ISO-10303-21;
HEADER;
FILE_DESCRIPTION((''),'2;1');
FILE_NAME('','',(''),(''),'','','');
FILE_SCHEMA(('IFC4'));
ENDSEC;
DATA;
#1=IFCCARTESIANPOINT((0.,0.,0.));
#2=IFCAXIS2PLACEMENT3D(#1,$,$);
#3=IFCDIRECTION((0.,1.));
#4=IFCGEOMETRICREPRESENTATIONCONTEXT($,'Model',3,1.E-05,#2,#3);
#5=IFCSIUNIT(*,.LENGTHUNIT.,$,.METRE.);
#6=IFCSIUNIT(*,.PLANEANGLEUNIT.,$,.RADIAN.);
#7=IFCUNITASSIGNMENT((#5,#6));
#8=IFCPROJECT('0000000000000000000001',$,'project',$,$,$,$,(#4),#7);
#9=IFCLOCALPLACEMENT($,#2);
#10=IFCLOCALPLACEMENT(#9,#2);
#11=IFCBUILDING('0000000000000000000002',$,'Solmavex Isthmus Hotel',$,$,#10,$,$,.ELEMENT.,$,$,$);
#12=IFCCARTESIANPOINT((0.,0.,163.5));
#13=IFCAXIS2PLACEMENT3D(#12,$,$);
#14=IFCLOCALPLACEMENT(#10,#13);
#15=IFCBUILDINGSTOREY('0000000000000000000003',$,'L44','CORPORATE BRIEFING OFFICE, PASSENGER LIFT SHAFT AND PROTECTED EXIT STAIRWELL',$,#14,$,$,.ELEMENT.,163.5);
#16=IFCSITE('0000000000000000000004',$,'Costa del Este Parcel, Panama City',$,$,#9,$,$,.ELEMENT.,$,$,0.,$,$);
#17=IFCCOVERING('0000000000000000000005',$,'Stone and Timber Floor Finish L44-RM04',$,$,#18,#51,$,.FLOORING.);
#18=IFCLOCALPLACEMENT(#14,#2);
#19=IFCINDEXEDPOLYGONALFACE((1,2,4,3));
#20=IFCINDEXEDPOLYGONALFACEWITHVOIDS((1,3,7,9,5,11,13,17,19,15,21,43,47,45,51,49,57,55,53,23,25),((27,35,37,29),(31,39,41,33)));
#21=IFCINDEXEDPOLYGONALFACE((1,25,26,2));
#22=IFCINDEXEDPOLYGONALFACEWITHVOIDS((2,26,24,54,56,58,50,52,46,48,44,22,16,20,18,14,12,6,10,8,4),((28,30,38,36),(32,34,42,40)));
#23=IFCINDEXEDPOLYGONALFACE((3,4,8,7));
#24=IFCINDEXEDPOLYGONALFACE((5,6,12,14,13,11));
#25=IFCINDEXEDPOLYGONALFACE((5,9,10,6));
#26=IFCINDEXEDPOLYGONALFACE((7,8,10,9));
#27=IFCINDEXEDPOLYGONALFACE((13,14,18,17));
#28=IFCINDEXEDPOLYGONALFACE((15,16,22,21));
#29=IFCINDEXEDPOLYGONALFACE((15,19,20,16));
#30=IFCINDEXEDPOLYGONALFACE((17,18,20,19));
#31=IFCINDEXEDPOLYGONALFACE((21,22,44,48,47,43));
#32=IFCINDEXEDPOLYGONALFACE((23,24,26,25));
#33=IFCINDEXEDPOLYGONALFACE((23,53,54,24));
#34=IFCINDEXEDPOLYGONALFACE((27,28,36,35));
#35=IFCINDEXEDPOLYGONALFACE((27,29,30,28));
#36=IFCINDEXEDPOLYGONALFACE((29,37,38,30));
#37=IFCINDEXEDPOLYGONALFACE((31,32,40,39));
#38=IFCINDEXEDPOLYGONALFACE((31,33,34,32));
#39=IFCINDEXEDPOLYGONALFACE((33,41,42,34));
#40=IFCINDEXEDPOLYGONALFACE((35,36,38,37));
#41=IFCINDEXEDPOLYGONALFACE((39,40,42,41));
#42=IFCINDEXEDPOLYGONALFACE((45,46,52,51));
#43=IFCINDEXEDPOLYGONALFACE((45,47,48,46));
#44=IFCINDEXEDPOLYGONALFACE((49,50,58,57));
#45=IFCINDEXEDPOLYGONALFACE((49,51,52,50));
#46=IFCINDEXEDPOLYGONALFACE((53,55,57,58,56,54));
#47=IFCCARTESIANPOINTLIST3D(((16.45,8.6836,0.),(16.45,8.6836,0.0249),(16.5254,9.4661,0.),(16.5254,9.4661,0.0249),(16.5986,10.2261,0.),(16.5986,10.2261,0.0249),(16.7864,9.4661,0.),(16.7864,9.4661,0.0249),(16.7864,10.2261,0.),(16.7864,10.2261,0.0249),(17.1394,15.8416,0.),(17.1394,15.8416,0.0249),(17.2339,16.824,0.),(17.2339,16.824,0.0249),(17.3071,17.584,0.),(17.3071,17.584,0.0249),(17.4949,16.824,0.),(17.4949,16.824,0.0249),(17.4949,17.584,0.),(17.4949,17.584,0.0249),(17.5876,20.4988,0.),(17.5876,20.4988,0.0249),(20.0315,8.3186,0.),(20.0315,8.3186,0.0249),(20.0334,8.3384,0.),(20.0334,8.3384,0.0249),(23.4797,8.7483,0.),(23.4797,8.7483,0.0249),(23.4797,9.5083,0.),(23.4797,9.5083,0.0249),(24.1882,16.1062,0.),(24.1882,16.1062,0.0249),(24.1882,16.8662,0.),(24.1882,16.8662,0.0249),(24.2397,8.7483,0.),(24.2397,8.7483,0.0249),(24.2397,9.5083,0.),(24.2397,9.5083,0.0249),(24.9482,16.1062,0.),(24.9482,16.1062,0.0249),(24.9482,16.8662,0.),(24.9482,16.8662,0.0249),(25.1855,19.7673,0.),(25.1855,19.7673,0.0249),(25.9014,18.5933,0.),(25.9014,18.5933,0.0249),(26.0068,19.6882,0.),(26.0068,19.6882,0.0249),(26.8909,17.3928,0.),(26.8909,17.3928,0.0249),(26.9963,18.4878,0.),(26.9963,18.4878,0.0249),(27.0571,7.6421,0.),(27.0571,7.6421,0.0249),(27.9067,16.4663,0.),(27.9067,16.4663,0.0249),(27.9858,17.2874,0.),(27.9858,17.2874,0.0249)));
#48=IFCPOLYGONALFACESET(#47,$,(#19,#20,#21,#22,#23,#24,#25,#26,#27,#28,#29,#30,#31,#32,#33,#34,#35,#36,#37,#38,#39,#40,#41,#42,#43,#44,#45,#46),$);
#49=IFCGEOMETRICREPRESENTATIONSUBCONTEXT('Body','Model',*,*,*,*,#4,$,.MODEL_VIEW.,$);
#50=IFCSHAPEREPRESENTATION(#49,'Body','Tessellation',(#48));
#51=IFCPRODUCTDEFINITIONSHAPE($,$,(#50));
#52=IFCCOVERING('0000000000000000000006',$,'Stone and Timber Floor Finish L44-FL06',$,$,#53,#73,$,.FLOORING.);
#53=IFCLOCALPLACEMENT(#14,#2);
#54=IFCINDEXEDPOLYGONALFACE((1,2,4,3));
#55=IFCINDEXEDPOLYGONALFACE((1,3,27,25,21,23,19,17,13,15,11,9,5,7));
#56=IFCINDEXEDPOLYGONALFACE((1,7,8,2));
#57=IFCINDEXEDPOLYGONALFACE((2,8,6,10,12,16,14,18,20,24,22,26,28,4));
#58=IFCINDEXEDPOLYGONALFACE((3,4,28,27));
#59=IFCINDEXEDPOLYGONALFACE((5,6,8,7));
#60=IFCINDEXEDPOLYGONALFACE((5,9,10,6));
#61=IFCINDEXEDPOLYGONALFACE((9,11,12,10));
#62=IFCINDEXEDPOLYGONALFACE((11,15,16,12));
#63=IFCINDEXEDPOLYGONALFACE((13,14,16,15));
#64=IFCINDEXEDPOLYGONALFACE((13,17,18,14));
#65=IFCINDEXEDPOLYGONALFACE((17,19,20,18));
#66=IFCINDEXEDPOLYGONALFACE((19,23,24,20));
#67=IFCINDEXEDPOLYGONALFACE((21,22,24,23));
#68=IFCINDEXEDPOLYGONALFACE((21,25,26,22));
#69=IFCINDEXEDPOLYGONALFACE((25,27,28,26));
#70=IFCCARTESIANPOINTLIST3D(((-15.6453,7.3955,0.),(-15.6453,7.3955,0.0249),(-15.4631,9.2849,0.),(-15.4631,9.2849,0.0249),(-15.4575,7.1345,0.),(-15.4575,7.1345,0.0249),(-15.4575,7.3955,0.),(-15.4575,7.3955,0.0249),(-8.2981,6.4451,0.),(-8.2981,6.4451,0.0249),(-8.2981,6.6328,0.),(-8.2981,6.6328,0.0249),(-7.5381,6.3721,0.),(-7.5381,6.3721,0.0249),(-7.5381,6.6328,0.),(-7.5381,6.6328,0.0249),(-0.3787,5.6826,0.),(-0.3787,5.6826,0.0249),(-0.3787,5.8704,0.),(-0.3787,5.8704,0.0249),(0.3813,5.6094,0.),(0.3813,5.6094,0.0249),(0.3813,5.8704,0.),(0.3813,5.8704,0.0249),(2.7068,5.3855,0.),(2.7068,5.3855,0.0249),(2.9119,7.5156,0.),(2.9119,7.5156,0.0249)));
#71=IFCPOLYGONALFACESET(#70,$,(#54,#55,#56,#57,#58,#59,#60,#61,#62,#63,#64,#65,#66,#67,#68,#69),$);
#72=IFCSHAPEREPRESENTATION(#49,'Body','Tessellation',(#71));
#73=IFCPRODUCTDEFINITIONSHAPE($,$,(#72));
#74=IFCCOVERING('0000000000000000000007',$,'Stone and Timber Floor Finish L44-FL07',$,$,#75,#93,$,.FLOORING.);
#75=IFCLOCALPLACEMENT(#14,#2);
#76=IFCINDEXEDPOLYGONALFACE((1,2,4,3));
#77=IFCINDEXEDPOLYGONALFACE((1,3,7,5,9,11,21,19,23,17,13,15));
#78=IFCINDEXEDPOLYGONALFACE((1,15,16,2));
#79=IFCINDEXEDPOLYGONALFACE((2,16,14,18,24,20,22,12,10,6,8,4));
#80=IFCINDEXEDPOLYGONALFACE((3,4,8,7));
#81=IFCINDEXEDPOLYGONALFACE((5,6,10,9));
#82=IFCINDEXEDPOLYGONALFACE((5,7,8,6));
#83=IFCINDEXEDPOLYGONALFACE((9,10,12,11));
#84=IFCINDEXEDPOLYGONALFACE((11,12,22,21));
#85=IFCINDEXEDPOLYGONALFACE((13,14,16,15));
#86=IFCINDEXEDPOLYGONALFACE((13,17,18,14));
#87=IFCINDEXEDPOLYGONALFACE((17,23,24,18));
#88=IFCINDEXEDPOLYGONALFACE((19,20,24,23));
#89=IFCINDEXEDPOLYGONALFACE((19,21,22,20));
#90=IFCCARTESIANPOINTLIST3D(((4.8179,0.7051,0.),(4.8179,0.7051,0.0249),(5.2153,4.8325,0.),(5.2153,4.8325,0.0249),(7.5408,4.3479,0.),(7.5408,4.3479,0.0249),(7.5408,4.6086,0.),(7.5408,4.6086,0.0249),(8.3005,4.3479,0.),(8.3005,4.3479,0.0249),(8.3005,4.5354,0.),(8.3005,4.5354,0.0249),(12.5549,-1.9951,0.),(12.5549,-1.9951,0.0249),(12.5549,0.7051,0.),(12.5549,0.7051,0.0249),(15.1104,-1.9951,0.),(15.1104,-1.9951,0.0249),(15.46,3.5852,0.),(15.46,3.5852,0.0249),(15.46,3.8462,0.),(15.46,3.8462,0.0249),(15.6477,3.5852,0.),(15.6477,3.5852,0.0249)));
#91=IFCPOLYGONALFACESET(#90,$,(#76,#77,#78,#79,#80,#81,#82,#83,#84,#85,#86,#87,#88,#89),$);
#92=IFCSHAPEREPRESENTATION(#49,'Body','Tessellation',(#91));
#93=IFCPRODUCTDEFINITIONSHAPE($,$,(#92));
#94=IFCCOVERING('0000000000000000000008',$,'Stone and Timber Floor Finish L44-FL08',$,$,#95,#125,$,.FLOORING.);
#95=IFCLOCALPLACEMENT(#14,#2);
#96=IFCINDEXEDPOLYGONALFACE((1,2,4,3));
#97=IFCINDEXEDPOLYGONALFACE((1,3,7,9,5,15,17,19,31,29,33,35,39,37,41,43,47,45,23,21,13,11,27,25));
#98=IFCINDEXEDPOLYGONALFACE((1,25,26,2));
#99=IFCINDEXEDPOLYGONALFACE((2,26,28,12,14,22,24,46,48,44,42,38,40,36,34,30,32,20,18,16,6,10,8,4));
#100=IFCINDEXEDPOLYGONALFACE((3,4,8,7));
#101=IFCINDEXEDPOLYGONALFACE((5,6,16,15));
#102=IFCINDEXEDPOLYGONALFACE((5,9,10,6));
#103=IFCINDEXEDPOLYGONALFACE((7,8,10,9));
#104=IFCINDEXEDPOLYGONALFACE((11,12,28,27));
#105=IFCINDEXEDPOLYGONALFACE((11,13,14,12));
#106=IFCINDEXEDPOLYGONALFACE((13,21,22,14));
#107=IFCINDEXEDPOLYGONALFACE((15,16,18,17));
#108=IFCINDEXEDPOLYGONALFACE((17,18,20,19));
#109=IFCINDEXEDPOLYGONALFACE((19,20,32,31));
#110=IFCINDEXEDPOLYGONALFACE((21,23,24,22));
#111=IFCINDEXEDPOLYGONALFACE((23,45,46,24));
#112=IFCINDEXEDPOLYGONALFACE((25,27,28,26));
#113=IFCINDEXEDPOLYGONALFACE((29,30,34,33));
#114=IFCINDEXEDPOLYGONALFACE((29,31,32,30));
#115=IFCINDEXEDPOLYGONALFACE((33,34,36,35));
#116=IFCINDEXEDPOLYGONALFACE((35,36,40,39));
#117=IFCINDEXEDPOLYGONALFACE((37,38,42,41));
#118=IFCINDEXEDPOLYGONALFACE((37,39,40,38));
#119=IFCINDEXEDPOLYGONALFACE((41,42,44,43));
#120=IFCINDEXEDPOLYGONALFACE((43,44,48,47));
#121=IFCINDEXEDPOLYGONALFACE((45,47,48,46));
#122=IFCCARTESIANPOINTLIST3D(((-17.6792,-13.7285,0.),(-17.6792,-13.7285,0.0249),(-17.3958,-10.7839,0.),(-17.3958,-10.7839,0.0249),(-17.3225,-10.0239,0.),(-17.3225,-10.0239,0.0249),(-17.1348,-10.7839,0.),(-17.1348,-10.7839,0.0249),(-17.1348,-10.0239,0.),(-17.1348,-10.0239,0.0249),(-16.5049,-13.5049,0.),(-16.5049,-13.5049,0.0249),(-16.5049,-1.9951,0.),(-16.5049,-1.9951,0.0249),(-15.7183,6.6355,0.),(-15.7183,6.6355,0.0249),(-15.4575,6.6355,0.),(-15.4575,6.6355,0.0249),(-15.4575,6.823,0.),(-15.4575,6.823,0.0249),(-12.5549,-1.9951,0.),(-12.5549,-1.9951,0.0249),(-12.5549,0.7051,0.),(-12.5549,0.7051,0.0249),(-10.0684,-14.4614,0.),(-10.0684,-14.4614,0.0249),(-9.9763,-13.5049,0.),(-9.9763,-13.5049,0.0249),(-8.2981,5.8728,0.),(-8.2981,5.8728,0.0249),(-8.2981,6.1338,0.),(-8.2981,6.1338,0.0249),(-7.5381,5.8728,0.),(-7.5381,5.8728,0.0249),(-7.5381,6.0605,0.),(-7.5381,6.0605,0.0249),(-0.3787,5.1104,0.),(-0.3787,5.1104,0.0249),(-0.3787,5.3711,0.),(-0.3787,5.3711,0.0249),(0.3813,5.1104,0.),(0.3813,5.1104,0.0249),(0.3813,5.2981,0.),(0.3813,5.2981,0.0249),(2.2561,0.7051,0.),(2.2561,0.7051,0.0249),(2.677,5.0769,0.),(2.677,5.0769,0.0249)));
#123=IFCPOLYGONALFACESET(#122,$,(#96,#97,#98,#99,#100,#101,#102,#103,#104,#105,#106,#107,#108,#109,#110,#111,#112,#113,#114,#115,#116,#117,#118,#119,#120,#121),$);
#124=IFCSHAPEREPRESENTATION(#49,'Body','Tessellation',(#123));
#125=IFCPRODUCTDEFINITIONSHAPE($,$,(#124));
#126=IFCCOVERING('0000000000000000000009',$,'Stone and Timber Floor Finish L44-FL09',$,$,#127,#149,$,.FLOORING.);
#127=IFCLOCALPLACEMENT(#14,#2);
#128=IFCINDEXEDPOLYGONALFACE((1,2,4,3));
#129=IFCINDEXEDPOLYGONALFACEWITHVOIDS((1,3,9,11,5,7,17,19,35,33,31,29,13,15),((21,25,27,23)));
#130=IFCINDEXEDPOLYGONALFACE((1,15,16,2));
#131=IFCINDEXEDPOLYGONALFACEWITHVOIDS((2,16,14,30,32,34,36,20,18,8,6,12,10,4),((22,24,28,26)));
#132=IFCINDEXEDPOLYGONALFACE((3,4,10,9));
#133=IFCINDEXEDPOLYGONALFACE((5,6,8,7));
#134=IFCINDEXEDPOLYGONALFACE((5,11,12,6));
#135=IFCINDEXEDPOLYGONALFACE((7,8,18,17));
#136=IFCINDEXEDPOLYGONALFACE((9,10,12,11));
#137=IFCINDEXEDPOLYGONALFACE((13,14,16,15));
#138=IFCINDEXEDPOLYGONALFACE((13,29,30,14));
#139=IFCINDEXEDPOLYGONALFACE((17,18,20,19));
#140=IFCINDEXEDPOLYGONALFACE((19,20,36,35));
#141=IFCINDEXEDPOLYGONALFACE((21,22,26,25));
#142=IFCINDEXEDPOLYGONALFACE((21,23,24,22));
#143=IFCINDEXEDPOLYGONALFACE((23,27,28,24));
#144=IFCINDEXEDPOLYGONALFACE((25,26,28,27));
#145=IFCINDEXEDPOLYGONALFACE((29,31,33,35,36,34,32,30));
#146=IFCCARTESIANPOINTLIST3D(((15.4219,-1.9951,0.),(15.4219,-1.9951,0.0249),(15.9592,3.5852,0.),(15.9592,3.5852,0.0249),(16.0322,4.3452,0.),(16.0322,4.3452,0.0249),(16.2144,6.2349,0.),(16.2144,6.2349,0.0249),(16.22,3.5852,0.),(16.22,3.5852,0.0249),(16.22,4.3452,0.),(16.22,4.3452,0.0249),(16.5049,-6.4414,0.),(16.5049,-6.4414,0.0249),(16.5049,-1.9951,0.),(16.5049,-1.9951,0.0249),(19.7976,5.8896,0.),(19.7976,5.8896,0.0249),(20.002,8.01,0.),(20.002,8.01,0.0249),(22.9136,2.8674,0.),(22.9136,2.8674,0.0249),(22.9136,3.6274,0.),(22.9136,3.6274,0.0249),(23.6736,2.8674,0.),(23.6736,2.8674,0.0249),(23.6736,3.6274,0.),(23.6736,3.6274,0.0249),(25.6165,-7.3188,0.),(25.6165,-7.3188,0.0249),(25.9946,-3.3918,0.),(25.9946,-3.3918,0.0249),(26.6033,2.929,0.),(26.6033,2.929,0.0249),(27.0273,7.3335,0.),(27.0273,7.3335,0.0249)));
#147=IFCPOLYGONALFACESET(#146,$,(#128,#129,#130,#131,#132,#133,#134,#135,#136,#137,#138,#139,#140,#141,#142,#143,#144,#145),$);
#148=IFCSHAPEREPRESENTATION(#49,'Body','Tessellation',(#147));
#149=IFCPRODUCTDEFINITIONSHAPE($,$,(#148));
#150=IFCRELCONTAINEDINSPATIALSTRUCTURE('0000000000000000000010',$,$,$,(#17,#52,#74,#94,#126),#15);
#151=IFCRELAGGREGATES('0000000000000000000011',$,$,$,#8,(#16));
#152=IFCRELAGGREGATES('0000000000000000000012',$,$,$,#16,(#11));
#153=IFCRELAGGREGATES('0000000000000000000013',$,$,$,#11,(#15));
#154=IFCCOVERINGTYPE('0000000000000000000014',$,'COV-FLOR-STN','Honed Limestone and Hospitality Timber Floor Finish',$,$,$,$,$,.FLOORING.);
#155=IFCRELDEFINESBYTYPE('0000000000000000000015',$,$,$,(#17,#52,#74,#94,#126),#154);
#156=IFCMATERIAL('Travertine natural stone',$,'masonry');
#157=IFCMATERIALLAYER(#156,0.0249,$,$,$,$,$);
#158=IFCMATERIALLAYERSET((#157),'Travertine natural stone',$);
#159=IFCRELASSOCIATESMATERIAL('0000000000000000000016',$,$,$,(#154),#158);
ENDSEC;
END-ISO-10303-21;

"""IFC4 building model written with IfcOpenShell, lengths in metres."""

from ifc_helpers import new_model, si_unit, direction, frame, origin, place, context, subcontext, project, spatial, polyline, outline, extrude, material, layer, layer_set, type_object, element, save


model = new_model("IFC4")

# Units and contexts
model_context = context("Model", 3, precision=1e-05, world=origin(), true_north=direction((0.0, 1.0)))
body_context = subcontext(model_context, "Body", "Model", "MODEL_VIEW")
ifc_project = project(units=[si_unit("LENGTHUNIT", "METRE"), si_unit("PLANEANGLEUNIT", "RADIAN")], contexts=[model_context])

# Site, building, storey
site_placement = place(None, origin())
site = spatial("IfcSite", under=ifc_project, at=site_placement, Name="Costa del Este Parcel, Panama City", CompositionType="ELEMENT", RefElevation=0.0)
building_placement = place(site_placement, origin())
building = spatial("IfcBuilding", under=site, at=building_placement, Name="Solmavex Isthmus Hotel", CompositionType="ELEMENT")
storey_placement = place(building_placement, frame((0.0, 0.0, 163.5)))
storey = spatial("IfcBuildingStorey", under=building, at=storey_placement, Name="L44", Description="CORPORATE BRIEFING OFFICE, PASSENGER LIFT SHAFT AND PROTECTED EXIT STAIRWELL", CompositionType="ELEMENT", Elevation=163.5)

# Coverings
ifc_material_1 = material(Name="Travertine natural stone", Category="masonry")
ifc_layer_1 = layer(ifc_material_1, 0.0249)
ifc_layer_set_1 = layer_set([ifc_layer_1], Name="Travertine natural stone")
covering_type_1 = type_object("IfcCoveringType", Name="COV-FLOR-STN", Description="Honed Limestone and Hospitality Timber Floor Finish", PredefinedType="FLOORING", material=ifc_layer_set_1)
covering_1_placement = place(storey_placement, origin())
element("IfcCovering", 1, at=covering_1_placement, inside=storey, type_object=covering_type_1, Name="Stone and Timber Floor Finish L44-RM04", PredefinedType="FLOORING", context=body_context, shape_type="SweptSolid", body=[
    extrude(outline(polyline([(17.3071, 17.584), (17.4949, 17.584), (17.4949, 16.824), (17.2339, 16.824), (17.1394, 15.8416), (16.5986, 10.2261), (16.7864, 10.2261), (16.7864, 9.4661), (16.5254, 9.4661), (16.45, 8.6836), (20.0334, 8.3384), (20.0315, 8.3186), (27.0571, 7.6421), (27.9067, 16.4663), (27.9858, 17.2874), (26.8909, 17.3928), (26.9963, 18.4878), (25.9014, 18.5933), (26.0068, 19.6882), (25.1855, 19.7673), (17.5876, 20.4988), (17.3071, 17.584)]), holes=[polyline([(24.1882, 16.1062), (24.1882, 16.8662), (24.9482, 16.8662), (24.9482, 16.1062), (24.1882, 16.1062)]), polyline([(23.4797, 8.7483), (23.4797, 9.5083), (24.2397, 9.5083), (24.2397, 8.7483), (23.4797, 8.7483)])]), origin(), (0.0, 0.0, 1.0), 0.0249),
])
covering_2_placement = place(storey_placement, origin())
element("IfcCovering", 2, at=covering_2_placement, inside=storey, type_object=covering_type_1, Name="Stone and Timber Floor Finish L44-FL06", PredefinedType="FLOORING", context=body_context, shape_type="SweptSolid", body=[
    extrude(outline(polyline([(-0.3787, 5.6826), (-0.3787, 5.8704), (0.3813, 5.8704), (0.3813, 5.6094), (2.7068, 5.3855), (2.9119, 7.5156), (-15.4631, 9.2849), (-15.6453, 7.3955), (-15.4575, 7.3955), (-15.4575, 7.1345), (-8.2981, 6.4451), (-8.2981, 6.6328), (-7.5381, 6.6328), (-7.5381, 6.3721), (-0.3787, 5.6826)])), origin(), (0.0, 0.0, 1.0), 0.0249),
])
covering_3_placement = place(storey_placement, origin())
element("IfcCovering", 3, at=covering_3_placement, inside=storey, type_object=covering_type_1, Name="Stone and Timber Floor Finish L44-FL07", PredefinedType="FLOORING", context=body_context, shape_type="SweptSolid", body=[
    extrude(outline(polyline([(8.3005, 4.5354), (8.3005, 4.3479), (7.5408, 4.3479), (7.5408, 4.6086), (5.2153, 4.8325), (4.8179, 0.7051), (12.5549, 0.7051), (12.5549, -1.9951), (15.1104, -1.9951), (15.6477, 3.5852), (15.46, 3.5852), (15.46, 3.8462), (8.3005, 4.5354)])), origin(), (0.0, 0.0, 1.0), 0.0249),
])
covering_4_placement = place(storey_placement, origin())
element("IfcCovering", 4, at=covering_4_placement, inside=storey, type_object=covering_type_1, Name="Stone and Timber Floor Finish L44-FL08", PredefinedType="FLOORING", context=body_context, shape_type="SweptSolid", body=[
    extrude(outline(polyline([(-17.3225, -10.0239), (-17.1348, -10.0239), (-17.1348, -10.7839), (-17.3958, -10.7839), (-17.6792, -13.7285), (-10.0684, -14.4614), (-9.9763, -13.5049), (-16.5049, -13.5049), (-16.5049, -1.9951), (-12.5549, -1.9951), (-12.5549, 0.7051), (2.2561, 0.7051), (2.677, 5.0769), (0.3813, 5.2981), (0.3813, 5.1104), (-0.3787, 5.1104), (-0.3787, 5.3711), (-7.5381, 6.0605), (-7.5381, 5.8728), (-8.2981, 5.8728), (-8.2981, 6.1338), (-15.4575, 6.823), (-15.4575, 6.6355), (-15.7183, 6.6355), (-17.3225, -10.0239)])), origin(), (0.0, 0.0, 1.0), 0.0249),
])
covering_5_placement = place(storey_placement, origin())
element("IfcCovering", 5, at=covering_5_placement, inside=storey, type_object=covering_type_1, Name="Stone and Timber Floor Finish L44-FL09", PredefinedType="FLOORING", context=body_context, shape_type="SweptSolid", body=[
    extrude(outline(polyline([(16.0322, 4.3452), (16.22, 4.3452), (16.22, 3.5852), (15.9592, 3.5852), (15.4219, -1.9951), (16.5049, -1.9951), (16.5049, -6.4414), (25.6165, -7.3188), (25.9946, -3.3918), (26.6033, 2.929), (27.0273, 7.3335), (20.002, 8.01), (19.7976, 5.8896), (16.2144, 6.2349), (16.0322, 4.3452)]), holes=[polyline([(22.9136, 2.8674), (22.9136, 3.6274), (23.6736, 3.6274), (23.6736, 2.8674), (22.9136, 2.8674)])]), origin(), (0.0, 0.0, 1.0), 0.0249),
])

save(model, "model.ifc")
